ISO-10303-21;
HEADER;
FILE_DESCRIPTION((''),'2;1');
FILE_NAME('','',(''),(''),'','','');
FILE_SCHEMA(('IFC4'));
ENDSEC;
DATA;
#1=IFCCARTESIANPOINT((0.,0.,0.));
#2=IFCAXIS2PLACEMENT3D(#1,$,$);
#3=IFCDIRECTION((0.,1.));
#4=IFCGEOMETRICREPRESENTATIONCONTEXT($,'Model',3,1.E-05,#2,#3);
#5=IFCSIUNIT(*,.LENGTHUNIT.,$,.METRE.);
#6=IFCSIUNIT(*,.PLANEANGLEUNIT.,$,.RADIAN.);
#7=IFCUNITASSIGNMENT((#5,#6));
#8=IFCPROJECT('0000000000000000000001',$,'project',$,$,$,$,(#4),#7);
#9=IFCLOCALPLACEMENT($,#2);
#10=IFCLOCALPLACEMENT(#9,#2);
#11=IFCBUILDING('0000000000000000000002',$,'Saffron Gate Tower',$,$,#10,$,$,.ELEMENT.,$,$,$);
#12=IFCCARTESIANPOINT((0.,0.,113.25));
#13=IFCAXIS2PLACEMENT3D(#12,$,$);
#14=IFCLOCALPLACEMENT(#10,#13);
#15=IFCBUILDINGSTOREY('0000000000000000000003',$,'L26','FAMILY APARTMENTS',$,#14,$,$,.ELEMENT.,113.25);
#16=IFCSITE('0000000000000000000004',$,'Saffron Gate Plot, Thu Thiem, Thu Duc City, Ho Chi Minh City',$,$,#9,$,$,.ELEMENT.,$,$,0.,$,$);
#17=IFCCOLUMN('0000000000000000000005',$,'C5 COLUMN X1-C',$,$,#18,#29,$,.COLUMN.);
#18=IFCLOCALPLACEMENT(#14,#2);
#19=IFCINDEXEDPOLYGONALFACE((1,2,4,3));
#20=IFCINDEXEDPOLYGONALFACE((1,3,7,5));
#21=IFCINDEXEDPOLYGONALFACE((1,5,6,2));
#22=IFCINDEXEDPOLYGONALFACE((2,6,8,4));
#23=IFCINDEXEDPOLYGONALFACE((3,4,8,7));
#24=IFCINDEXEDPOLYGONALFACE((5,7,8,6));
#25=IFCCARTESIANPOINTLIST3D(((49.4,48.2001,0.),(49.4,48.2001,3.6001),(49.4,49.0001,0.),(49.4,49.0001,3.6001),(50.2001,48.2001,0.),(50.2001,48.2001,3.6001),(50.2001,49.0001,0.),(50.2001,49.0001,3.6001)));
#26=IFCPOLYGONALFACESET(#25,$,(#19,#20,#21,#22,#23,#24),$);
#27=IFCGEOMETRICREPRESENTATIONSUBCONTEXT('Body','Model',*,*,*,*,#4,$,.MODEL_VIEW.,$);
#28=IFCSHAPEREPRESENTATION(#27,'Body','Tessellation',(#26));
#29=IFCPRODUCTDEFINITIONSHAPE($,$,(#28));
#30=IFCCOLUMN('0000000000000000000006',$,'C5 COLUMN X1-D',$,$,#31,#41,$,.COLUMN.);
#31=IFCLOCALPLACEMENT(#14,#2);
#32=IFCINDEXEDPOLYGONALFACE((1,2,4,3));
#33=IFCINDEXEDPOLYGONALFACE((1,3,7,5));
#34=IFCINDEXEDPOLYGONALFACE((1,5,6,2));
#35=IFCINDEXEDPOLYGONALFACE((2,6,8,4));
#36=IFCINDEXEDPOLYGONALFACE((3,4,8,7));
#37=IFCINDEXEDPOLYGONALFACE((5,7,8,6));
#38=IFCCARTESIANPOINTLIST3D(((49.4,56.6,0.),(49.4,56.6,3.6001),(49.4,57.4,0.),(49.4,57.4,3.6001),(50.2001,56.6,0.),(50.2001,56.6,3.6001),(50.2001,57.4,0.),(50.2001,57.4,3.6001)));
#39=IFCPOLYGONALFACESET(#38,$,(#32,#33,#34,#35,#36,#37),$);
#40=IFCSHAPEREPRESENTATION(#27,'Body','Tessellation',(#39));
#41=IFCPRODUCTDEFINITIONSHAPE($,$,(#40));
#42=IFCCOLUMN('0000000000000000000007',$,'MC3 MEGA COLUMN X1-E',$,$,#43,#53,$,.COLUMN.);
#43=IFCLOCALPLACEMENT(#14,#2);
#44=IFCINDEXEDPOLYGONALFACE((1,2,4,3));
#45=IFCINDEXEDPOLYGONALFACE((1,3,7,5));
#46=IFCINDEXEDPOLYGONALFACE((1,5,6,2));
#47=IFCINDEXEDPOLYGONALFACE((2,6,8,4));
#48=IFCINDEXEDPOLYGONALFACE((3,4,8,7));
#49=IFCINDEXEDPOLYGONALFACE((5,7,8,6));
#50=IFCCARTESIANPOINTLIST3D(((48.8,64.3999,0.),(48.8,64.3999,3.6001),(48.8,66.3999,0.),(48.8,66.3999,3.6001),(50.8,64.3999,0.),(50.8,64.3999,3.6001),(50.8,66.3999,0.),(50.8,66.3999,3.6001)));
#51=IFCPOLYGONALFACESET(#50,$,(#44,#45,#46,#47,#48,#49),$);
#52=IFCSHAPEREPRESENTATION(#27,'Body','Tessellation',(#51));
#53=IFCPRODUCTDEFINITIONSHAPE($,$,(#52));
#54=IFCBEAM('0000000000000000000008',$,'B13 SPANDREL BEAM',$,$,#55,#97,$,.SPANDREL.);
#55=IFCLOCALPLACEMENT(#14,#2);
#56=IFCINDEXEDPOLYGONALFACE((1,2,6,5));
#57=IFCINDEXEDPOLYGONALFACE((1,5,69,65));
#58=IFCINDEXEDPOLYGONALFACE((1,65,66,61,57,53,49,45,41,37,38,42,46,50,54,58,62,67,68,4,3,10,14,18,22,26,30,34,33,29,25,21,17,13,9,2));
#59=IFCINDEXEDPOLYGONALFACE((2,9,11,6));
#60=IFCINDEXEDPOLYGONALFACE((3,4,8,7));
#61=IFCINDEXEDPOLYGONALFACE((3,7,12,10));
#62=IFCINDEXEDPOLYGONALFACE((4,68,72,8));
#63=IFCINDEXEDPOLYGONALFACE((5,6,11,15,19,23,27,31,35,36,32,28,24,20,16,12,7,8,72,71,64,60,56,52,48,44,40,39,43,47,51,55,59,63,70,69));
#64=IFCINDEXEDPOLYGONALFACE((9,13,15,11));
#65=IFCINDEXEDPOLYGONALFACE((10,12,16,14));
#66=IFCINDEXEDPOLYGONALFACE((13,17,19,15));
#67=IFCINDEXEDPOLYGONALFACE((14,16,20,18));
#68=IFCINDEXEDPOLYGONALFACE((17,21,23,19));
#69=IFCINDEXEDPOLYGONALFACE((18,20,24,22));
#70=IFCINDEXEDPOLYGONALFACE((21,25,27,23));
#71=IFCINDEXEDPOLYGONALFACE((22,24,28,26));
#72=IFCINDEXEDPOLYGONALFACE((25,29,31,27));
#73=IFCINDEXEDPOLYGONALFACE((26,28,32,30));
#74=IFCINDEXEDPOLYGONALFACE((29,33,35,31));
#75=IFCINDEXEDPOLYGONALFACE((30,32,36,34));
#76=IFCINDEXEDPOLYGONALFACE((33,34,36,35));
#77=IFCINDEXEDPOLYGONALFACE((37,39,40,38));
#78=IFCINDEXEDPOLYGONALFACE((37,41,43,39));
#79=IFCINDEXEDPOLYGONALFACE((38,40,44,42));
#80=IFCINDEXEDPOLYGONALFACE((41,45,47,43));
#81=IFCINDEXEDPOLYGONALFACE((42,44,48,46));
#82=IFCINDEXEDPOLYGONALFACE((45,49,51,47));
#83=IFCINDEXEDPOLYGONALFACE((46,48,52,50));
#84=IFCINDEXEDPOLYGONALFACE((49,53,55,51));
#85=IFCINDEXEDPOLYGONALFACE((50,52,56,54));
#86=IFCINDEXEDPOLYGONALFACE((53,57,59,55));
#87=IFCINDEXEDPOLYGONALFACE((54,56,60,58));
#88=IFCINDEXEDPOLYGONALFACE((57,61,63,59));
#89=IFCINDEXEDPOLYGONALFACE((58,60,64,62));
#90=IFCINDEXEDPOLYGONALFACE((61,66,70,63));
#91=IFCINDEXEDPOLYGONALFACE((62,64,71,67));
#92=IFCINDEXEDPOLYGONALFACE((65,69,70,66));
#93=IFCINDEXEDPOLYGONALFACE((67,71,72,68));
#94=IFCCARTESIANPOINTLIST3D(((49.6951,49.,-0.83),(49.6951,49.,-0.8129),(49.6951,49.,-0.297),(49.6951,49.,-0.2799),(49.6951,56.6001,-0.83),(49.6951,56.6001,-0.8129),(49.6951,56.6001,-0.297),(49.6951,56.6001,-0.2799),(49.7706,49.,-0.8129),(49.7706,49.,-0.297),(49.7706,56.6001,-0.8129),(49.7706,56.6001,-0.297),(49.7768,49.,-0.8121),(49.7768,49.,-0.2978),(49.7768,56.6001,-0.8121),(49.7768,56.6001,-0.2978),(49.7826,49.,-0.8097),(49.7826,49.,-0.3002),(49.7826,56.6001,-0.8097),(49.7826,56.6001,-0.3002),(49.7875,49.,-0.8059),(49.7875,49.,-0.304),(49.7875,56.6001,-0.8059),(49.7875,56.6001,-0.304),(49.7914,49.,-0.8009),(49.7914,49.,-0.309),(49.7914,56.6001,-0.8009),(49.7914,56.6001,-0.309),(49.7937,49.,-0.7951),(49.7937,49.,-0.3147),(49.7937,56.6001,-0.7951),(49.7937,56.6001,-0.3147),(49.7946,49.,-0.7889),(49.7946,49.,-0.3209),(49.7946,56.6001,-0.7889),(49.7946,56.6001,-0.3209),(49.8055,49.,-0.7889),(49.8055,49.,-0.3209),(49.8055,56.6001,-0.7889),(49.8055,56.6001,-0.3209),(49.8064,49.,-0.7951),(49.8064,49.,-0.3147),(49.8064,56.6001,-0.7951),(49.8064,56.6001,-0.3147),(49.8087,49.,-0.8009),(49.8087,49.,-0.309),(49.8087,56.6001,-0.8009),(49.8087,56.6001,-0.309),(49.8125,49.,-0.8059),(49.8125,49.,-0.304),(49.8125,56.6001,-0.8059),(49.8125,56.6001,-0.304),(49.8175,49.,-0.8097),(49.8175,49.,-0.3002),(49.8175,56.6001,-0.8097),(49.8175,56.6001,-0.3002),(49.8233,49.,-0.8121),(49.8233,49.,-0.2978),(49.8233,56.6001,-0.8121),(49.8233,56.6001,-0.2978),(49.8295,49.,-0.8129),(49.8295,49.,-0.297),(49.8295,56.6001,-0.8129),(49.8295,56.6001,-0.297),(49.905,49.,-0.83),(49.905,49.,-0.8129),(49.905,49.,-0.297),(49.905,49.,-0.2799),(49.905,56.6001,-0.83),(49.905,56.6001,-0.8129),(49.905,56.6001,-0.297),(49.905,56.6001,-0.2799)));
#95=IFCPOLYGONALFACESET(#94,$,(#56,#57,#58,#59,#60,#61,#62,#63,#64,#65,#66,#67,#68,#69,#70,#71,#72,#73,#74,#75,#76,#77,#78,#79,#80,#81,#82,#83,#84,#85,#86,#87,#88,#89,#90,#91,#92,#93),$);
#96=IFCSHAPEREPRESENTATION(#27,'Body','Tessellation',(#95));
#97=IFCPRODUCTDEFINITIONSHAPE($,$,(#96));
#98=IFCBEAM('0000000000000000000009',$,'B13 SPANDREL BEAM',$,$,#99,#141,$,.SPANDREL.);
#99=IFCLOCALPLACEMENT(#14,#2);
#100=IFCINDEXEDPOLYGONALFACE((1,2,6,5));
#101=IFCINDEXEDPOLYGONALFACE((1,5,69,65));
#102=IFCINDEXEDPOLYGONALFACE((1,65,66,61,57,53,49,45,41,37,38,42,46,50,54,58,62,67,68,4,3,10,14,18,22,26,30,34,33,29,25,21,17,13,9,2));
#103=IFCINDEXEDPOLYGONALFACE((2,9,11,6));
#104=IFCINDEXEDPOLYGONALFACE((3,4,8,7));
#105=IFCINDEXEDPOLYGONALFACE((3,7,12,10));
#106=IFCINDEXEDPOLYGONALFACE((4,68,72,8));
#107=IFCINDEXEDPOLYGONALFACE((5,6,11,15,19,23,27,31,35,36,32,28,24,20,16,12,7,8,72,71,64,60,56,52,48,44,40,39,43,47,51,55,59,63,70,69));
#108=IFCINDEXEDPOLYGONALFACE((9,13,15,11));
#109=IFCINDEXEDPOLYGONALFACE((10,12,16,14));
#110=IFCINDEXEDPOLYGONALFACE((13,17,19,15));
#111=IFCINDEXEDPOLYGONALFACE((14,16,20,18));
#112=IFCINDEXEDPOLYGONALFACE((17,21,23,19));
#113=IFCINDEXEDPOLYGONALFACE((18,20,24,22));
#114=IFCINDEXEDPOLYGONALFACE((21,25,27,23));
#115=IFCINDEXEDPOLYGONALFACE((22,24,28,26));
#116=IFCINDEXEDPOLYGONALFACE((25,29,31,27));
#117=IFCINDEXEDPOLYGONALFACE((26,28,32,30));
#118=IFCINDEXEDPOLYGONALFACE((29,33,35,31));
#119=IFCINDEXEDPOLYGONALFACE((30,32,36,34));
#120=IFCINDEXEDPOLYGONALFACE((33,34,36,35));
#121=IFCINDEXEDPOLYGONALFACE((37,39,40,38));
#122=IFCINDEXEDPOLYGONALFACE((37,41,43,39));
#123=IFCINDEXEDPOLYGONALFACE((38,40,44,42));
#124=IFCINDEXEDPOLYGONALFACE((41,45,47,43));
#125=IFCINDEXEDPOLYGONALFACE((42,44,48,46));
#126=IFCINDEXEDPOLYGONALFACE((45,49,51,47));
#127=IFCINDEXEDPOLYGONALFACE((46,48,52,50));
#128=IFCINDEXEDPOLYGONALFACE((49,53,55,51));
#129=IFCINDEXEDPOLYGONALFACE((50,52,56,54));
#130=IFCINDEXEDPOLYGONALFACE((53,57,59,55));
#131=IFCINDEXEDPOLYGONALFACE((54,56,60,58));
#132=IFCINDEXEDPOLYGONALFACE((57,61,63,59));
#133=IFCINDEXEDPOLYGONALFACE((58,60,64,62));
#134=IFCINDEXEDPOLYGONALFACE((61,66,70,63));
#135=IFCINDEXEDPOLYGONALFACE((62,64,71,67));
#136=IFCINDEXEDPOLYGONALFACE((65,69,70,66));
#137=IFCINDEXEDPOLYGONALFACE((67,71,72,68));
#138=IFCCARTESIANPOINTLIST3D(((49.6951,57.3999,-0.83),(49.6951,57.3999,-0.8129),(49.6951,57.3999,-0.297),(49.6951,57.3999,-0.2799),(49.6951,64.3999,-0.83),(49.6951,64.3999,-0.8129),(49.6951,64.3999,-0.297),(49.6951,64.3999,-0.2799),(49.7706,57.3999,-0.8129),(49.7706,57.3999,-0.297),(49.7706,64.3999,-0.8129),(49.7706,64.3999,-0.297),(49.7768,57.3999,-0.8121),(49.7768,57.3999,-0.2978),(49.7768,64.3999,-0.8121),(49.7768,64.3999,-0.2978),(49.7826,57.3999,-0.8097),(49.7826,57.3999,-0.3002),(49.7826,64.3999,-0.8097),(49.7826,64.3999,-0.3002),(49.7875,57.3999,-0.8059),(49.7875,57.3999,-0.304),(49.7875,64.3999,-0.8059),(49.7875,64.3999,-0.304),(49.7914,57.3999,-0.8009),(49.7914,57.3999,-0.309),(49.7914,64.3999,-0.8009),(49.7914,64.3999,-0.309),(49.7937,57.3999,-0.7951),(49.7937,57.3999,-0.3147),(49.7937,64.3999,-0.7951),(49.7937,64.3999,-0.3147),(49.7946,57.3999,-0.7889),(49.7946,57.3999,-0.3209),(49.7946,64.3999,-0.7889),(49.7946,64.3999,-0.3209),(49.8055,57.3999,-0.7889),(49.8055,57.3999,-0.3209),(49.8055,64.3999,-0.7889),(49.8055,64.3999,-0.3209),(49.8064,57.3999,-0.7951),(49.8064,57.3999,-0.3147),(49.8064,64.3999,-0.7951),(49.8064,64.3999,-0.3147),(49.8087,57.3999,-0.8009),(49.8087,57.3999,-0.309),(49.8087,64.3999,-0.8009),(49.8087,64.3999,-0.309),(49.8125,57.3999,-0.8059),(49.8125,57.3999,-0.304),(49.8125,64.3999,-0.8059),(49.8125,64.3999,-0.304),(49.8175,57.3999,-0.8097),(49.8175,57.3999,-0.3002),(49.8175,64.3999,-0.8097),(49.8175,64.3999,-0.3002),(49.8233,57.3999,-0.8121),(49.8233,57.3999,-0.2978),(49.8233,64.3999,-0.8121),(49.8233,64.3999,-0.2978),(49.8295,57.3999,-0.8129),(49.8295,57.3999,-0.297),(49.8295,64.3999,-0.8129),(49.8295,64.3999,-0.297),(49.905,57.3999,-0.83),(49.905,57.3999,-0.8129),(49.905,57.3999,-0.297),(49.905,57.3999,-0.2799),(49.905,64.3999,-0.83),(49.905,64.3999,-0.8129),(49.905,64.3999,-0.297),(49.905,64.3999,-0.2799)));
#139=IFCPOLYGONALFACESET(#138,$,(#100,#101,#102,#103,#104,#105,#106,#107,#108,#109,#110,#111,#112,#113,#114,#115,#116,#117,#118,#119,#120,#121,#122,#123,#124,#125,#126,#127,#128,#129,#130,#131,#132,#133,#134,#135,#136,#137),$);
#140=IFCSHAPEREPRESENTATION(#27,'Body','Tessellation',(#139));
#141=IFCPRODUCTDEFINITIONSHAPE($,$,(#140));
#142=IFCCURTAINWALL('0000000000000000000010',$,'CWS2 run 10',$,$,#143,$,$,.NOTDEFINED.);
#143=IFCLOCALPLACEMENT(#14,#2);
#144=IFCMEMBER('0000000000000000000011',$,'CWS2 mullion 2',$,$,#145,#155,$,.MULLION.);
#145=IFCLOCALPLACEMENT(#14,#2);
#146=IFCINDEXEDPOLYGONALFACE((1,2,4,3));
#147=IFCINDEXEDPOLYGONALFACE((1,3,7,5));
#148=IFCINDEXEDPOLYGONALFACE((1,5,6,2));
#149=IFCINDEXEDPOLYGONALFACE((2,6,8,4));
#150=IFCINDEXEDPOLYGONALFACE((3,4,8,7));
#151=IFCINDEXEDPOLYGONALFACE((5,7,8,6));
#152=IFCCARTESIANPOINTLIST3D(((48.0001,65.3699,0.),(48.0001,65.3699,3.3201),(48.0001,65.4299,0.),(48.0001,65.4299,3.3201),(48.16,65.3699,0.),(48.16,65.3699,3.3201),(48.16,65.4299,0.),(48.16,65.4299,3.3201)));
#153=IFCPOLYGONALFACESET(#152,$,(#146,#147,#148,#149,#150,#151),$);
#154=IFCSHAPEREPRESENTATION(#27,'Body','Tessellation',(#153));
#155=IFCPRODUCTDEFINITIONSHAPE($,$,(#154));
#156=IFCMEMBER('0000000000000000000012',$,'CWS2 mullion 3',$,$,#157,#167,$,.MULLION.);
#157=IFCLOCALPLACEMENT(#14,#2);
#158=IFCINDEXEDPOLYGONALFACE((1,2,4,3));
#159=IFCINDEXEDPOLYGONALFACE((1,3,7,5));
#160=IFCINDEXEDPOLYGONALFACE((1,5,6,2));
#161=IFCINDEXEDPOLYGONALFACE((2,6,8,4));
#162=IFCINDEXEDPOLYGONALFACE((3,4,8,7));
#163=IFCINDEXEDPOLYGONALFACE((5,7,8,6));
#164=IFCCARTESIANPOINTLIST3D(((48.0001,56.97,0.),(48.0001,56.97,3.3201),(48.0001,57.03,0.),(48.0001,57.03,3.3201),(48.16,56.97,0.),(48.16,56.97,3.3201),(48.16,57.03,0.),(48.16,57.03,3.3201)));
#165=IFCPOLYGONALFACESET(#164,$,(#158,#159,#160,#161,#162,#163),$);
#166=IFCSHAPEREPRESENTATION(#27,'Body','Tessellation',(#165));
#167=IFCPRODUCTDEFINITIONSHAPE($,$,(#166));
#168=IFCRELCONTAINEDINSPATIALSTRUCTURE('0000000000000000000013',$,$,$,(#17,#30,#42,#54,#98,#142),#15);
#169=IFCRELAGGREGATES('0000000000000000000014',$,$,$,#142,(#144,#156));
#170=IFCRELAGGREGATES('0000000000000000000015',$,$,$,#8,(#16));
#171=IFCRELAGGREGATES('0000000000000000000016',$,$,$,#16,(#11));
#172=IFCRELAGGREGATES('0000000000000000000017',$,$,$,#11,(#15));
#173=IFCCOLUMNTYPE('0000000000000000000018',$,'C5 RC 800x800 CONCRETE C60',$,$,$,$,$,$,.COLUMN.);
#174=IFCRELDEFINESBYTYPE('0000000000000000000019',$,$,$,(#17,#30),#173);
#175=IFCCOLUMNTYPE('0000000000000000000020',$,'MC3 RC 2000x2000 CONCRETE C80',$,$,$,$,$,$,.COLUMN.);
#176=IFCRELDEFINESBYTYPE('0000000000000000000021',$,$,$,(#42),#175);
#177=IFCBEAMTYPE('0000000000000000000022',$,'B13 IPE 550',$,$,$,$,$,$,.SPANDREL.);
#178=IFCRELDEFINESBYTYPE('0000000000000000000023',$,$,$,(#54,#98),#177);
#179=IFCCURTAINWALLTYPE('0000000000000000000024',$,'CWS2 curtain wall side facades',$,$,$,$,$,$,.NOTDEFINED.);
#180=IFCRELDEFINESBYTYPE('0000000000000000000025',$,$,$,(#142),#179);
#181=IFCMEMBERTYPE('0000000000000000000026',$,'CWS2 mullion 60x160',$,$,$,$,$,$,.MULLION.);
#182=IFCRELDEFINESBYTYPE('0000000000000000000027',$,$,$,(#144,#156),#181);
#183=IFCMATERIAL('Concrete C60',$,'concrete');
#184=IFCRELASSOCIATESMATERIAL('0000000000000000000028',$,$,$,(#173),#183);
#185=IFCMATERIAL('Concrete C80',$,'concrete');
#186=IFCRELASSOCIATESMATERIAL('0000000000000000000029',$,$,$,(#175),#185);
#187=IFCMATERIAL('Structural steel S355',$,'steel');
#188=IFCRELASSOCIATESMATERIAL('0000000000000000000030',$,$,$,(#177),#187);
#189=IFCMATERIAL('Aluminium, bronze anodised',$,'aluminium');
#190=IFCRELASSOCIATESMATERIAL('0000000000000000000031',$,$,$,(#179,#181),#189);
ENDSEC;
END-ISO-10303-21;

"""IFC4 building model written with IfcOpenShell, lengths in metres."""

from ifc_helpers import new_model, si_unit, direction, frame, origin, origin_2d, place, context, subcontext, project, spatial, rectangle, i_section, extrude, material, material_profile, profile_set, type_object, element, aggregate, save


model = new_model("IFC4")

# Units and contexts
model_context = context("Model", 3, precision=1e-05, world=origin(), true_north=direction((0.0, 1.0)))
body_context = subcontext(model_context, "Body", "Model", "MODEL_VIEW")
ifc_project = project(units=[si_unit("LENGTHUNIT", "METRE"), si_unit("PLANEANGLEUNIT", "RADIAN")], contexts=[model_context])

# Site, building, storey
site_placement = place(None, origin())
site = spatial("IfcSite", under=ifc_project, at=site_placement, Name="Saffron Gate Plot, Thu Thiem, Thu Duc City, Ho Chi Minh City", CompositionType="ELEMENT", RefElevation=0.0)
building_placement = place(site_placement, origin())
building = spatial("IfcBuilding", under=site, at=building_placement, Name="Saffron Gate Tower", CompositionType="ELEMENT")
storey_placement = place(building_placement, frame((0.0, 0.0, 113.25)))
storey = spatial("IfcBuildingStorey", under=building, at=storey_placement, Name="L26", Description="FAMILY APARTMENTS", CompositionType="ELEMENT", Elevation=113.25)

# Columns
ifc_material_1 = material(Name="Concrete C60", Category="concrete")
ifc_material_profile_1 = material_profile(ifc_material_1, rectangle(XDim=0.8, YDim=0.8, at=origin_2d()))
ifc_profile_set_1 = profile_set([ifc_material_profile_1], Name="Concrete C60")
column_type_1 = type_object("IfcColumnType", Name="C5 RC 800x800 CONCRETE C60", PredefinedType="COLUMN", material=ifc_profile_set_1)
for number, where, z_axis, x_axis, name in (
    (1, (49.8, 48.6001, 0.0), (0.0, 0.0, 1.0), (1.0, 0.0, 0.0), "C5 COLUMN X1-C"),
    (2, (49.8, 57.0, 0.0), (0.0, 0.0, 1.0), (1.0, 0.0, 0.0), "C5 COLUMN X1-D"),
):
    element("IfcColumn", number, at=place(storey_placement, frame(where, z_axis=z_axis, x_axis=x_axis)), inside=storey, type_object=column_type_1, Name=name, PredefinedType="COLUMN", context=body_context, shape_type="SweptSolid", body=[
        extrude(rectangle(XDim=0.8, YDim=0.8, at=origin_2d()), origin(), (0.0, 0.0, 1.0), 3.6001),
    ])
ifc_material_2 = material(Name="Concrete C80", Category="concrete")
ifc_material_profile_2 = material_profile(ifc_material_2, rectangle(XDim=2.0, YDim=2.0, at=origin_2d()))
ifc_profile_set_2 = profile_set([ifc_material_profile_2], Name="Concrete C80")
column_type_2 = type_object("IfcColumnType", Name="MC3 RC 2000x2000 CONCRETE C80", PredefinedType="COLUMN", material=ifc_profile_set_2)
column_placement = place(storey_placement, frame((49.8, 65.3999, 0.0), z_axis=(0.0, 0.0, 1.0), x_axis=(1.0, 0.0, 0.0)))
element("IfcColumn", 3, at=column_placement, inside=storey, type_object=column_type_2, Name="MC3 MEGA COLUMN X1-E", PredefinedType="COLUMN", context=body_context, shape_type="SweptSolid", body=[
    extrude(rectangle(XDim=2.0, YDim=2.0, at=origin_2d()), origin(), (0.0, 0.0, 1.0), 3.6001),
])

# Beams
ifc_material_3 = material(Name="Structural steel S355", Category="steel")
ifc_material_profile_3 = material_profile(ifc_material_3, i_section(OverallWidth=0.21, OverallDepth=0.55, WebThickness=0.011, FlangeThickness=0.0171, FilletRadius=0.0239, at=origin_2d()))
ifc_profile_set_3 = profile_set([ifc_material_profile_3], Name="Structural steel S355")
beam_type = type_object("IfcBeamType", Name="B13 IPE 550", PredefinedType="SPANDREL", material=ifc_profile_set_3)
beam_1_placement = place(storey_placement, frame((49.8, 49.0, -0.5549), z_axis=(0.0, 1.0, 0.0), x_axis=(-1.0, 0.0, 0.0)))
element("IfcBeam", 4, at=beam_1_placement, inside=storey, type_object=beam_type, Name="B13 SPANDREL BEAM", PredefinedType="SPANDREL", context=body_context, shape_type="SweptSolid", body=[
    extrude(i_section(OverallWidth=0.21, OverallDepth=0.55, WebThickness=0.011, FlangeThickness=0.0171, FilletRadius=0.0239, at=origin_2d()), origin(), (0.0, 0.0, 1.0), 7.6001),
])
beam_2_placement = place(storey_placement, frame((49.8, 57.3999, -0.5549), z_axis=(0.0, 1.0, 0.0), x_axis=(-1.0, 0.0, 0.0)))
element("IfcBeam", 5, at=beam_2_placement, inside=storey, type_object=beam_type, Name="B13 SPANDREL BEAM", PredefinedType="SPANDREL", context=body_context, shape_type="SweptSolid", body=[
    extrude(i_section(OverallWidth=0.21, OverallDepth=0.55, WebThickness=0.011, FlangeThickness=0.0171, FilletRadius=0.0239, at=origin_2d()), origin(), (0.0, 0.0, 1.0), 7.0),
])

# Curtain wall, members
ifc_material_4 = material(Name="Aluminium, bronze anodised", Category="aluminium")
curtain_wall_type = type_object("IfcCurtainWallType", Name="CWS2 curtain wall side facades", PredefinedType="NOTDEFINED", material=ifc_material_4)
curtain_wall_placement = place(storey_placement, origin())
curtain_wall = element("IfcCurtainWall", 6, at=curtain_wall_placement, inside=storey, type_object=curtain_wall_type, Name="CWS2 run 10", PredefinedType="NOTDEFINED")
ifc_material_profile_4 = material_profile(ifc_material_4, rectangle(XDim=0.1599, YDim=0.0601, at=origin_2d()))
ifc_profile_set_4 = profile_set([ifc_material_profile_4], Name="Aluminium, bronze anodised")
member_type = type_object("IfcMemberType", Name="CWS2 mullion 60x160", PredefinedType="MULLION", material=ifc_profile_set_4)
member_1_placement = place(storey_placement, frame((48.0801, 65.3999, 0.0), z_axis=(0.0, 0.0, 1.0), x_axis=(1.0, 0.0, 0.0)))
member_1 = element("IfcMember", 7, at=member_1_placement, type_object=member_type, Name="CWS2 mullion 2", PredefinedType="MULLION", context=body_context, shape_type="SweptSolid", body=[
    extrude(rectangle(XDim=0.1599, YDim=0.0601, at=origin_2d()), origin(), (0.0, 0.0, 1.0), 3.3201),
])
member_2_placement = place(storey_placement, frame((48.0801, 57.0, 0.0), z_axis=(0.0, 0.0, 1.0), x_axis=(1.0, 0.0, 0.0)))
member_2 = element("IfcMember", 8, at=member_2_placement, type_object=member_type, Name="CWS2 mullion 3", PredefinedType="MULLION", context=body_context, shape_type="SweptSolid", body=[
    extrude(rectangle(XDim=0.1599, YDim=0.0601, at=origin_2d()), origin(), (0.0, 0.0, 1.0), 3.3201),
])
aggregate(curtain_wall, [member_1, member_2])

save(model, "model.ifc")
